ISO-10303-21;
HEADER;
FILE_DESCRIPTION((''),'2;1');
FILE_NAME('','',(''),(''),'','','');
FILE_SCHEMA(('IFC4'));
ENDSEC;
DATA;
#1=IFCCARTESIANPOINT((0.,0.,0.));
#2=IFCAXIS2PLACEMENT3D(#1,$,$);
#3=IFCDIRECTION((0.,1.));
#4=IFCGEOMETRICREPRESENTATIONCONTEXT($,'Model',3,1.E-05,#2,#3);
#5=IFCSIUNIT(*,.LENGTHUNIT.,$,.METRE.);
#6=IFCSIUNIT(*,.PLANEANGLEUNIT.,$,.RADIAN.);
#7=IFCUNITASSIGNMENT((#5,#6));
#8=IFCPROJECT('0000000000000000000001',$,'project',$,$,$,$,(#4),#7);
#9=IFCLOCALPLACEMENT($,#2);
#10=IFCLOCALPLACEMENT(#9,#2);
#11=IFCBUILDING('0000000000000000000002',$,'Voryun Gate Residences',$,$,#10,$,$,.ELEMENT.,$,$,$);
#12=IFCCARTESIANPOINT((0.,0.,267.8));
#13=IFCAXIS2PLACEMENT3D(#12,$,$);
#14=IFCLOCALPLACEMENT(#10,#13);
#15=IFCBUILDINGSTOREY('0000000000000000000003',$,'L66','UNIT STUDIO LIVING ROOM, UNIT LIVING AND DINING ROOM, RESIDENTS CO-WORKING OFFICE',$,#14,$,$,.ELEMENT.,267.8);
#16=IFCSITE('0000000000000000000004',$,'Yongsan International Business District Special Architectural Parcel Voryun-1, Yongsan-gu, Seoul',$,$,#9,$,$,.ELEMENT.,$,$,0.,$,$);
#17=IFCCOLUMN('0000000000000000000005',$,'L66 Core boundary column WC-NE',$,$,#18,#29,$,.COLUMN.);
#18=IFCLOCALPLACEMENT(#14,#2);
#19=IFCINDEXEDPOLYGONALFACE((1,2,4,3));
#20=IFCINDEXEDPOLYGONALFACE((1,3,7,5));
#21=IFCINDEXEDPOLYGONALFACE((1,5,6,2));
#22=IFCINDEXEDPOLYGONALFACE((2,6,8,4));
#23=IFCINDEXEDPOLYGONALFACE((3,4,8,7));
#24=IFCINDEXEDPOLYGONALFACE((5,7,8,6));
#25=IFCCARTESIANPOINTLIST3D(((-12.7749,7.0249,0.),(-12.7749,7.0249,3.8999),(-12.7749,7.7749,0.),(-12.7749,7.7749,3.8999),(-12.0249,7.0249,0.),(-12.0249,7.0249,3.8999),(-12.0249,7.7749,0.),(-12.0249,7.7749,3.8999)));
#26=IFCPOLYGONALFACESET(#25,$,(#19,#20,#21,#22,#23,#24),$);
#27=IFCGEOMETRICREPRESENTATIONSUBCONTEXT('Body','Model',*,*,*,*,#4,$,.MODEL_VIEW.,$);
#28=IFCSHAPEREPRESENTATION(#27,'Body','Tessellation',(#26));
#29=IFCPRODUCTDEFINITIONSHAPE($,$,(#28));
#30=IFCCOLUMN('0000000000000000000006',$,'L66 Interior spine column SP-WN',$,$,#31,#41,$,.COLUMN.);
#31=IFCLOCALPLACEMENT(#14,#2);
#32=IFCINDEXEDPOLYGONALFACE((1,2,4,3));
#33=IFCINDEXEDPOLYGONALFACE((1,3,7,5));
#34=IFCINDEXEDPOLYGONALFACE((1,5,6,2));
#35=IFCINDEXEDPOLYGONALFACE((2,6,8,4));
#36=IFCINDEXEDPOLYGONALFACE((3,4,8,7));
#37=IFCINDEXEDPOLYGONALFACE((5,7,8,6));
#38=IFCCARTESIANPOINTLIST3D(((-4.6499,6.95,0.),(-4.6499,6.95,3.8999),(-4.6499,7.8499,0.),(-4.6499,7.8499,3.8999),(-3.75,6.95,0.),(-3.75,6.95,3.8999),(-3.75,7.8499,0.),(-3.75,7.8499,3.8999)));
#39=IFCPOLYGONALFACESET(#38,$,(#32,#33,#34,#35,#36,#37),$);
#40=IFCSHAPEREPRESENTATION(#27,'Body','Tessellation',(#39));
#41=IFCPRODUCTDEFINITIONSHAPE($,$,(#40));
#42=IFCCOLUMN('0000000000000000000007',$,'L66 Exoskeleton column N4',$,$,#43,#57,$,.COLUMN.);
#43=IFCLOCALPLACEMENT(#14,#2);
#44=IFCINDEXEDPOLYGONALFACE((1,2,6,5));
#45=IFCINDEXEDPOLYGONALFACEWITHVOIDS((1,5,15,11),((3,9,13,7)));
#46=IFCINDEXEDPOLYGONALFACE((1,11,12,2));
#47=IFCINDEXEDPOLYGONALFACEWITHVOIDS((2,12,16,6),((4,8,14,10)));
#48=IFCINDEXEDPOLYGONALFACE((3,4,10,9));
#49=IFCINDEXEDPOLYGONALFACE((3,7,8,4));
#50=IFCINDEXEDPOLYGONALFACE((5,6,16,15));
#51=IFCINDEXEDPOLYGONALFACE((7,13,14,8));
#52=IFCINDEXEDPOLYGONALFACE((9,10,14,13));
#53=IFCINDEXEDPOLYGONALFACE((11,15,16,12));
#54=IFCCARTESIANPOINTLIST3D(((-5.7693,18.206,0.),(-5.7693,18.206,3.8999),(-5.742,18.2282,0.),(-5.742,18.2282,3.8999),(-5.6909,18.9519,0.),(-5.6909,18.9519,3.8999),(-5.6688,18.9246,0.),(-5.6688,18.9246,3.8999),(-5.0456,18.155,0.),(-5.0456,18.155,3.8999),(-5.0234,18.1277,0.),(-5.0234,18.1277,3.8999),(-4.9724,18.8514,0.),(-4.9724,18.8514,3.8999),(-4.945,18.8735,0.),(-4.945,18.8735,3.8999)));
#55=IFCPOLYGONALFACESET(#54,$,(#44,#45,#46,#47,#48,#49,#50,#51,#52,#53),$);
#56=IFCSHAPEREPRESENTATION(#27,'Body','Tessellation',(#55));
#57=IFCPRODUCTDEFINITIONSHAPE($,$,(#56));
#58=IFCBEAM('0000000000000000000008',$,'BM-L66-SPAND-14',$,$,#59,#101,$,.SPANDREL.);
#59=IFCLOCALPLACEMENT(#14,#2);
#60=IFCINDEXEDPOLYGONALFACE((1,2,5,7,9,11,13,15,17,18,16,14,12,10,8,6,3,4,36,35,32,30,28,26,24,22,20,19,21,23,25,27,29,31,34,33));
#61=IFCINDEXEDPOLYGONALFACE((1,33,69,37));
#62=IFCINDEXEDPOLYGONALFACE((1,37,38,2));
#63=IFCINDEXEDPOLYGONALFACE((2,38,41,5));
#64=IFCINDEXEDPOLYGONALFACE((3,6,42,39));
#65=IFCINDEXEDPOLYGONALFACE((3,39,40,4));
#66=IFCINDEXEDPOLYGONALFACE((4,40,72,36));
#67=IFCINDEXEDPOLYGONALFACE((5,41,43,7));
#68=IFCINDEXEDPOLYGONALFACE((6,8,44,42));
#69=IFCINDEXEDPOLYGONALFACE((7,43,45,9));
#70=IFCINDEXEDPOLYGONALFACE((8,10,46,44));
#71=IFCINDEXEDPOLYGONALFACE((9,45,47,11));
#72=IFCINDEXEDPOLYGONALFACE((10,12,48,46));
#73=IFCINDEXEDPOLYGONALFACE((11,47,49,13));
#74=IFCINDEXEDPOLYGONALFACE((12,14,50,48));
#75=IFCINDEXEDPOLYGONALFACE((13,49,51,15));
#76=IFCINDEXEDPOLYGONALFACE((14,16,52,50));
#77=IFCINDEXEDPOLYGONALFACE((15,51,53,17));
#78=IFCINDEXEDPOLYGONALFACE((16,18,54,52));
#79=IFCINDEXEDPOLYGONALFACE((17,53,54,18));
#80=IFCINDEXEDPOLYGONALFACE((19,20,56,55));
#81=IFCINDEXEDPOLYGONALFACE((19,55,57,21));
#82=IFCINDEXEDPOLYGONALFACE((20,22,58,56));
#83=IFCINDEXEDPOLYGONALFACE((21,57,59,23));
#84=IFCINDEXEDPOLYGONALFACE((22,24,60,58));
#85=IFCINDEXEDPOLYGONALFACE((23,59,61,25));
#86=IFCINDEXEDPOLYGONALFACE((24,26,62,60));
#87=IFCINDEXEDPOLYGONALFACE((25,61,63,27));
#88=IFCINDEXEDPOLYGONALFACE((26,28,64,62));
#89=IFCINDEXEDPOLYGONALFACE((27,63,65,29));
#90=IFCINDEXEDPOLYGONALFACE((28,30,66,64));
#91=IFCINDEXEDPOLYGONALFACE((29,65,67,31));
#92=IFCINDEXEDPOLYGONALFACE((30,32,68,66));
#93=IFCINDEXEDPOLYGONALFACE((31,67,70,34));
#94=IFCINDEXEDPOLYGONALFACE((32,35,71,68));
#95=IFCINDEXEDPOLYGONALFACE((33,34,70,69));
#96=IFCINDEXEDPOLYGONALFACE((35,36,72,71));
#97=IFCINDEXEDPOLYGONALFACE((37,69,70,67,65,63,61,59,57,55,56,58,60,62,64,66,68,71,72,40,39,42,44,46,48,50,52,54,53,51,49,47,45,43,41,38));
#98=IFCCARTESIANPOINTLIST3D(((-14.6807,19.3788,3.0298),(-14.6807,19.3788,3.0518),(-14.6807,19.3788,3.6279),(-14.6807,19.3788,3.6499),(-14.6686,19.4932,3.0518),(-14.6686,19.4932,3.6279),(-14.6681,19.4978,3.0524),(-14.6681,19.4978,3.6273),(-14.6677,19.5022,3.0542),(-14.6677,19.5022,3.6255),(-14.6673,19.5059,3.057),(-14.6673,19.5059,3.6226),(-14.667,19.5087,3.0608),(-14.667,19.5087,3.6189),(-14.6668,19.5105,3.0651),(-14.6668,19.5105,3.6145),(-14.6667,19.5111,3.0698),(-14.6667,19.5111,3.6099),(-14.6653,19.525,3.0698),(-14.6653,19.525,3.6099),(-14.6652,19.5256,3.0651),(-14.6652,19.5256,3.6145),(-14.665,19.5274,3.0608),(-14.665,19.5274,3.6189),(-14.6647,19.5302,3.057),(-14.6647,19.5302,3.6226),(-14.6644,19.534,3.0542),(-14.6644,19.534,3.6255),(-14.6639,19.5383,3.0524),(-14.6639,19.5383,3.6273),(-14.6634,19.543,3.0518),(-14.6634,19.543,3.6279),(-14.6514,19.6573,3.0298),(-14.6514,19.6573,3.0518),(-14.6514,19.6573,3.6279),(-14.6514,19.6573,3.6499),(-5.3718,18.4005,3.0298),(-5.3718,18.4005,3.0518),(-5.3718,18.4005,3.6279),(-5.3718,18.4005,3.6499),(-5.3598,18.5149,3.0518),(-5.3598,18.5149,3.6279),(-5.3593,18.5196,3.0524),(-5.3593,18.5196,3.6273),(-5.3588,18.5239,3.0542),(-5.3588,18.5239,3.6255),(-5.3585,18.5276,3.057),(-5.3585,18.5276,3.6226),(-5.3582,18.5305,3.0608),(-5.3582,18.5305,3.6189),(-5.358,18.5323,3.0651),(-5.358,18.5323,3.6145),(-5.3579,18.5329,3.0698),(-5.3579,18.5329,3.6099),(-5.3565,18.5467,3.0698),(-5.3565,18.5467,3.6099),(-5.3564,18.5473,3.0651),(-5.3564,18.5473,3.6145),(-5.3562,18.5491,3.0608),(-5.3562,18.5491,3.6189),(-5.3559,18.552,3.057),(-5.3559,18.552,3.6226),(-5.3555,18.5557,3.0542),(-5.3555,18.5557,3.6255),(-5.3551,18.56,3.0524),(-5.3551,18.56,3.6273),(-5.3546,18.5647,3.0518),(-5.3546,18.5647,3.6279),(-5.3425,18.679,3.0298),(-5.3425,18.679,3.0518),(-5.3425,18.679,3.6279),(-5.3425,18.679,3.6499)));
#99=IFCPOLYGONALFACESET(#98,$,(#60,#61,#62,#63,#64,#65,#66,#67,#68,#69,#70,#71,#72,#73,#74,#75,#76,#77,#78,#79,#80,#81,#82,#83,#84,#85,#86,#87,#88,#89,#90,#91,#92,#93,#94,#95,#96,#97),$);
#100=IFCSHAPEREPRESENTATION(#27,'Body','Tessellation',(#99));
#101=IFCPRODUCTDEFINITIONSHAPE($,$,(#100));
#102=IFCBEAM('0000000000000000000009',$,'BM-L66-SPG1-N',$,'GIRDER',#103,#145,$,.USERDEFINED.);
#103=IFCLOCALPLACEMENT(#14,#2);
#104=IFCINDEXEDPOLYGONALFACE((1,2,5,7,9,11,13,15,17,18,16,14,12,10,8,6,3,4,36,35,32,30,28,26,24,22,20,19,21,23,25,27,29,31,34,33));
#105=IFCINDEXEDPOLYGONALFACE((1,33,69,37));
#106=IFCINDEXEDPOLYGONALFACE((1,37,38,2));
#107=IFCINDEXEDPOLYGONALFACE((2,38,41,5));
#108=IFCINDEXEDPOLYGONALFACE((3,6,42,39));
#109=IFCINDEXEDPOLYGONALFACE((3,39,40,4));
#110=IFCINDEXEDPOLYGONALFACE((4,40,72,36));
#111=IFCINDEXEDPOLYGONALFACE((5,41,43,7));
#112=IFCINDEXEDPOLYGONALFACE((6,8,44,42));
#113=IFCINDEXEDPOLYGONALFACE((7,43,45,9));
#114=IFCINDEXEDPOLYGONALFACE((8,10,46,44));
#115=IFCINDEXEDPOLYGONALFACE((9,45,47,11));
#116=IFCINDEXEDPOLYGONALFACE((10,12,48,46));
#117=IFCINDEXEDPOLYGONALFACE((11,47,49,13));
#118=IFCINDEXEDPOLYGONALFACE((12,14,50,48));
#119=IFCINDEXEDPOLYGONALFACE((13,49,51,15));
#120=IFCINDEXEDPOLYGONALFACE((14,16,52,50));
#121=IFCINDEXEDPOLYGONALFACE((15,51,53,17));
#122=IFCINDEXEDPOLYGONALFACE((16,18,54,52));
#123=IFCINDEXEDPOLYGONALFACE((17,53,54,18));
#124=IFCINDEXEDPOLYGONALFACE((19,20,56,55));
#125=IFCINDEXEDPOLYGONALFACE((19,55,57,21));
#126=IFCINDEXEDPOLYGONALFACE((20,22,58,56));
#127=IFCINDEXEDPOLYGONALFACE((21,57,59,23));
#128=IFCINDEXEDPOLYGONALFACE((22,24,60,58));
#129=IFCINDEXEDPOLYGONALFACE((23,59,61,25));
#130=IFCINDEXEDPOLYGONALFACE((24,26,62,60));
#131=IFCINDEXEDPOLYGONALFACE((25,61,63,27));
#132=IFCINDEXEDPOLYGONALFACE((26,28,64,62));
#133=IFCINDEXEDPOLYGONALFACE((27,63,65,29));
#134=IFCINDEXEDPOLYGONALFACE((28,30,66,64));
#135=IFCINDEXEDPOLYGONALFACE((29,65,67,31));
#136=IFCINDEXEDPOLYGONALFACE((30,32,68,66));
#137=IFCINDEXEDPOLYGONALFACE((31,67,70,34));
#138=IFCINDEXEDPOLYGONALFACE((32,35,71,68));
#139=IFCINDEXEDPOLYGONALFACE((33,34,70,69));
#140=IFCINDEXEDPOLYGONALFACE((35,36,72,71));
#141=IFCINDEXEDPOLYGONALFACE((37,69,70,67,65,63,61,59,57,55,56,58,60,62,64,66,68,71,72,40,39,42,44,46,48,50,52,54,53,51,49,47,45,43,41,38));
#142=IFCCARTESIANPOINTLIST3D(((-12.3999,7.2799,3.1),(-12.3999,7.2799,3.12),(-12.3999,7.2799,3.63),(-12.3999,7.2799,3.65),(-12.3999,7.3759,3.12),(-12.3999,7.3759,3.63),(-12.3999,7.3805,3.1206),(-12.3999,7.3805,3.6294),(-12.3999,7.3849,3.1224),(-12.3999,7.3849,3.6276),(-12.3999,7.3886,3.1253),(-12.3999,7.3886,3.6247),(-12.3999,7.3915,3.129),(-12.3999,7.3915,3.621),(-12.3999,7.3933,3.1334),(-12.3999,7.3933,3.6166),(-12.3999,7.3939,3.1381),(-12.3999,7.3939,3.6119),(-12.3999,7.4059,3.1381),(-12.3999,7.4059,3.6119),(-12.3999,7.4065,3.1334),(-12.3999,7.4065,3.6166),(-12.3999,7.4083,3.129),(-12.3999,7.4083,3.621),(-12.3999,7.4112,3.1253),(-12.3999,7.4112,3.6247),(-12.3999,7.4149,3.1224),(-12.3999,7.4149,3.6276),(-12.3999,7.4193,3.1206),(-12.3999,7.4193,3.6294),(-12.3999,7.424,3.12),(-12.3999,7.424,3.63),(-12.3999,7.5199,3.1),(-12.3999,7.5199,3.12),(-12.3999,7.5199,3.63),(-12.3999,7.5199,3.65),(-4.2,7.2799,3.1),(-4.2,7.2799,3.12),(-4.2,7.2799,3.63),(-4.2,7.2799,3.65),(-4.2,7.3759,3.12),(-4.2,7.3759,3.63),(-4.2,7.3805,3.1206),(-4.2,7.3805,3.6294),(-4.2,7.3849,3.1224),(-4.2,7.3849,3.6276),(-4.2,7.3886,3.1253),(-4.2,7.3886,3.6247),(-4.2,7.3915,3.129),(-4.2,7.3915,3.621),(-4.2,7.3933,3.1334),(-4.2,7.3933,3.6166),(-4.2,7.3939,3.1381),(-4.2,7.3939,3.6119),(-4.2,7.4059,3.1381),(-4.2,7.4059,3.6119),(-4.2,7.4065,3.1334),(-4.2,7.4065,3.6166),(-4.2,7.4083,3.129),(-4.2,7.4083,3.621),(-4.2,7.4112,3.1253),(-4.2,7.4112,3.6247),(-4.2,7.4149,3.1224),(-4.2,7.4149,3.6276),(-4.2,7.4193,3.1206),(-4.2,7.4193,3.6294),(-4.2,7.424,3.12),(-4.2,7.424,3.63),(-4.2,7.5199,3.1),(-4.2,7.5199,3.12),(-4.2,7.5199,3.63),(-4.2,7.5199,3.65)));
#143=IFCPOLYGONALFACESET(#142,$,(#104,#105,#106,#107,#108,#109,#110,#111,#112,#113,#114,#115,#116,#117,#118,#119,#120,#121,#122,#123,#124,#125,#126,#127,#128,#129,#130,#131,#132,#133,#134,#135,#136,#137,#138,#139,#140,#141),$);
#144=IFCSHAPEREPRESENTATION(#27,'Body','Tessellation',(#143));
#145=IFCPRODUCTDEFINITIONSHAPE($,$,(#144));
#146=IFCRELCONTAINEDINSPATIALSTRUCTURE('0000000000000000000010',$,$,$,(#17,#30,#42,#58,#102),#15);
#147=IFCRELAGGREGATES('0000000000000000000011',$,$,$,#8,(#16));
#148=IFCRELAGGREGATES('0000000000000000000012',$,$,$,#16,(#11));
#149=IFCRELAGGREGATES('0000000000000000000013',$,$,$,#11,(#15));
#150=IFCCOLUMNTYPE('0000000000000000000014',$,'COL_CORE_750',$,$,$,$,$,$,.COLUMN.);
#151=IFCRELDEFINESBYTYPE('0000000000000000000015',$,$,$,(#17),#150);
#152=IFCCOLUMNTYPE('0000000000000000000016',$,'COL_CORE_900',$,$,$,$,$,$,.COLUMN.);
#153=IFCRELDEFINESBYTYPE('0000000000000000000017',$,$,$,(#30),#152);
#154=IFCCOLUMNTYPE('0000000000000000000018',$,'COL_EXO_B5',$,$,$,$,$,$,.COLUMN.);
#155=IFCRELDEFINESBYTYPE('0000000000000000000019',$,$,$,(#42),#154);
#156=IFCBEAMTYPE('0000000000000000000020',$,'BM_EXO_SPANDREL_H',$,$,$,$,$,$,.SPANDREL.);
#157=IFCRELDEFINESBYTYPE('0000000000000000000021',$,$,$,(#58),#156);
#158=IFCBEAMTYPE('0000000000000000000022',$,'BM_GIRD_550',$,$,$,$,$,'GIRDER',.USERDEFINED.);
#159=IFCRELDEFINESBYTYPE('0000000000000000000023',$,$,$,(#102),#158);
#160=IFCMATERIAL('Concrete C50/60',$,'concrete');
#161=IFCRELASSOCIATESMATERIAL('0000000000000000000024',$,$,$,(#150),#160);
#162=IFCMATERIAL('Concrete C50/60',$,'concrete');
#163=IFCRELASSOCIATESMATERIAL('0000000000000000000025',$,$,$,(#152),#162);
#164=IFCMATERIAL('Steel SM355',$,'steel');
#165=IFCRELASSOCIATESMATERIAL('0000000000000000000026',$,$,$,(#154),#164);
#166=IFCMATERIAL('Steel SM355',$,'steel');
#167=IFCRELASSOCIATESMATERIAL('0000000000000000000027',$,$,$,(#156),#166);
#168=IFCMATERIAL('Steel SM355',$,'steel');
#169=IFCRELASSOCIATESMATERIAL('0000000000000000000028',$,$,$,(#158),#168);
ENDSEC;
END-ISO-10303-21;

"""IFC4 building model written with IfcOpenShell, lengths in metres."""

from ifc_helpers import new_model, si_unit, direction, frame, origin, origin_2d, place, context, subcontext, project, spatial, rectangle, hollow_rectangle, i_section, extrude, material, material_profile, profile_set, type_object, element, save


model = new_model("IFC4")

# Units and contexts
model_context = context("Model", 3, precision=1e-05, world=origin(), true_north=direction((0.0, 1.0)))
body_context = subcontext(model_context, "Body", "Model", "MODEL_VIEW")
ifc_project = project(units=[si_unit("LENGTHUNIT", "METRE"), si_unit("PLANEANGLEUNIT", "RADIAN")], contexts=[model_context])

# Site, building, storey
site_placement = place(None, origin())
site = spatial("IfcSite", under=ifc_project, at=site_placement, Name="Yongsan International Business District Special Architectural Parcel Voryun-1, Yongsan-gu, Seoul", CompositionType="ELEMENT", RefElevation=0.0)
building_placement = place(site_placement, origin())
building = spatial("IfcBuilding", under=site, at=building_placement, Name="Voryun Gate Residences", CompositionType="ELEMENT")
storey_placement = place(building_placement, frame((0.0, 0.0, 267.8)))
storey = spatial("IfcBuildingStorey", under=building, at=storey_placement, Name="L66", Description="UNIT STUDIO LIVING ROOM, UNIT LIVING AND DINING ROOM, RESIDENTS CO-WORKING OFFICE", CompositionType="ELEMENT", Elevation=267.8)

# Columns
ifc_material_1 = material(Name="Concrete C50/60", Category="concrete")
ifc_material_profile_1 = material_profile(ifc_material_1, rectangle(XDim=0.75, YDim=0.75, at=origin_2d()), Name="RC-750x750")
ifc_profile_set_1 = profile_set([ifc_material_profile_1], Name="Concrete C50/60")
column_type_1 = type_object("IfcColumnType", Name="COL_CORE_750", PredefinedType="COLUMN", material=ifc_profile_set_1)
column_1_placement = place(storey_placement, frame((-12.3999, 7.3999, 0.0), z_axis=(0.0, 0.0, 1.0), x_axis=(1.0, 0.0, 0.0)))
element("IfcColumn", 1, at=column_1_placement, inside=storey, type_object=column_type_1, Name="L66 Core boundary column WC-NE", PredefinedType="COLUMN", context=body_context, shape_type="SweptSolid", body=[
    extrude(rectangle(XDim=0.75, YDim=0.75, at=origin_2d()), origin(), (0.0, 0.0, 1.0), 3.8999),
])
ifc_material_2 = material(Name="Concrete C50/60", Category="concrete")
ifc_material_profile_2 = material_profile(ifc_material_2, rectangle(XDim=0.8999, YDim=0.8999, at=origin_2d()), Name="RC-900x900")
ifc_profile_set_2 = profile_set([ifc_material_profile_2], Name="Concrete C50/60")
column_type_2 = type_object("IfcColumnType", Name="COL_CORE_900", PredefinedType="COLUMN", material=ifc_profile_set_2)
column_2_placement = place(storey_placement, frame((-4.2, 7.3999, 0.0), z_axis=(0.0, 0.0, 1.0), x_axis=(1.0, 0.0, 0.0)))
element("IfcColumn", 2, at=column_2_placement, inside=storey, type_object=column_type_2, Name="L66 Interior spine column SP-WN", PredefinedType="COLUMN", context=body_context, shape_type="SweptSolid", body=[
    extrude(rectangle(XDim=0.8999, YDim=0.8999, at=origin_2d()), origin(), (0.0, 0.0, 1.0), 3.8999),
])
ifc_material_3 = material(Name="Steel SM355", Category="steel")
ifc_material_profile_3 = material_profile(ifc_material_3, hollow_rectangle(XDim=0.75, YDim=0.75, WallThickness=0.0249, at=origin_2d()), Name="BOX-750x750x25")
ifc_profile_set_3 = profile_set([ifc_material_profile_3], Name="Steel SM355")
column_type_3 = type_object("IfcColumnType", Name="COL_EXO_B5", PredefinedType="COLUMN", material=ifc_profile_set_3)
column_3_placement = place(storey_placement, frame((-5.3572, 18.5398, 0.0), z_axis=(0.0, 0.0, 1.0), x_axis=(0.994522, -0.104528, 0.0)))
element("IfcColumn", 3, at=column_3_placement, inside=storey, type_object=column_type_3, Name="L66 Exoskeleton column N4", PredefinedType="COLUMN", context=body_context, shape_type="SweptSolid", body=[
    extrude(hollow_rectangle(XDim=0.75, YDim=0.75, WallThickness=0.0249, at=origin_2d()), origin(), (0.0, 0.0, 1.0), 3.8999),
])

# Beams
ifc_material_4 = material(Name="Steel SM355", Category="steel")
ifc_material_profile_4 = material_profile(ifc_material_4, i_section(OverallWidth=0.28, OverallDepth=0.6201, WebThickness=0.0139, FlangeThickness=0.022, FilletRadius=0.0181, at=origin_2d()), Name="H-620x280x14x22")
ifc_profile_set_4 = profile_set([ifc_material_profile_4], Name="Steel SM355")
beam_type_1 = type_object("IfcBeamType", Name="BM_EXO_SPANDREL_H", PredefinedType="SPANDREL", material=ifc_profile_set_4)
beam_1_placement = place(storey_placement, frame((-5.3572, 18.5398, 3.3398), z_axis=(-0.994523, 0.104515, 0.0), x_axis=(-0.104515, -0.994523, 0.0)))
element("IfcBeam", 4, at=beam_1_placement, inside=storey, type_object=beam_type_1, Name="BM-L66-SPAND-14", PredefinedType="SPANDREL", context=body_context, shape_type="SweptSolid", body=[
    extrude(i_section(OverallWidth=0.28, OverallDepth=0.6201, WebThickness=0.0139, FlangeThickness=0.022, FilletRadius=0.0181, at=origin_2d()), origin(), (0.0, 0.0, 1.0), 9.3601),
])
ifc_material_5 = material(Name="Steel SM355", Category="steel")
ifc_material_profile_5 = material_profile(ifc_material_5, i_section(OverallWidth=0.24, OverallDepth=0.55, WebThickness=0.012, FlangeThickness=0.02, FilletRadius=0.0181, at=origin_2d()), Name="H-550x240x12x20")
ifc_profile_set_5 = profile_set([ifc_material_profile_5], Name="Steel SM355")
beam_type_2 = type_object("IfcBeamType", Name="BM_GIRD_550", ElementType="GIRDER", PredefinedType="USERDEFINED", material=ifc_profile_set_5)
beam_2_placement = place(storey_placement, frame((-12.3999, 7.3999, 3.375), z_axis=(1.0, 0.0, 0.0), x_axis=(0.0, 1.0, 0.0)))
element("IfcBeam", 5, at=beam_2_placement, inside=storey, type_object=beam_type_2, Name="BM-L66-SPG1-N", ObjectType="GIRDER", PredefinedType="USERDEFINED", context=body_context, shape_type="SweptSolid", body=[
    extrude(i_section(OverallWidth=0.24, OverallDepth=0.55, WebThickness=0.012, FlangeThickness=0.02, FilletRadius=0.0181, at=origin_2d()), origin(), (0.0, 0.0, 1.0), 8.2),
])

save(model, "model.ifc")
